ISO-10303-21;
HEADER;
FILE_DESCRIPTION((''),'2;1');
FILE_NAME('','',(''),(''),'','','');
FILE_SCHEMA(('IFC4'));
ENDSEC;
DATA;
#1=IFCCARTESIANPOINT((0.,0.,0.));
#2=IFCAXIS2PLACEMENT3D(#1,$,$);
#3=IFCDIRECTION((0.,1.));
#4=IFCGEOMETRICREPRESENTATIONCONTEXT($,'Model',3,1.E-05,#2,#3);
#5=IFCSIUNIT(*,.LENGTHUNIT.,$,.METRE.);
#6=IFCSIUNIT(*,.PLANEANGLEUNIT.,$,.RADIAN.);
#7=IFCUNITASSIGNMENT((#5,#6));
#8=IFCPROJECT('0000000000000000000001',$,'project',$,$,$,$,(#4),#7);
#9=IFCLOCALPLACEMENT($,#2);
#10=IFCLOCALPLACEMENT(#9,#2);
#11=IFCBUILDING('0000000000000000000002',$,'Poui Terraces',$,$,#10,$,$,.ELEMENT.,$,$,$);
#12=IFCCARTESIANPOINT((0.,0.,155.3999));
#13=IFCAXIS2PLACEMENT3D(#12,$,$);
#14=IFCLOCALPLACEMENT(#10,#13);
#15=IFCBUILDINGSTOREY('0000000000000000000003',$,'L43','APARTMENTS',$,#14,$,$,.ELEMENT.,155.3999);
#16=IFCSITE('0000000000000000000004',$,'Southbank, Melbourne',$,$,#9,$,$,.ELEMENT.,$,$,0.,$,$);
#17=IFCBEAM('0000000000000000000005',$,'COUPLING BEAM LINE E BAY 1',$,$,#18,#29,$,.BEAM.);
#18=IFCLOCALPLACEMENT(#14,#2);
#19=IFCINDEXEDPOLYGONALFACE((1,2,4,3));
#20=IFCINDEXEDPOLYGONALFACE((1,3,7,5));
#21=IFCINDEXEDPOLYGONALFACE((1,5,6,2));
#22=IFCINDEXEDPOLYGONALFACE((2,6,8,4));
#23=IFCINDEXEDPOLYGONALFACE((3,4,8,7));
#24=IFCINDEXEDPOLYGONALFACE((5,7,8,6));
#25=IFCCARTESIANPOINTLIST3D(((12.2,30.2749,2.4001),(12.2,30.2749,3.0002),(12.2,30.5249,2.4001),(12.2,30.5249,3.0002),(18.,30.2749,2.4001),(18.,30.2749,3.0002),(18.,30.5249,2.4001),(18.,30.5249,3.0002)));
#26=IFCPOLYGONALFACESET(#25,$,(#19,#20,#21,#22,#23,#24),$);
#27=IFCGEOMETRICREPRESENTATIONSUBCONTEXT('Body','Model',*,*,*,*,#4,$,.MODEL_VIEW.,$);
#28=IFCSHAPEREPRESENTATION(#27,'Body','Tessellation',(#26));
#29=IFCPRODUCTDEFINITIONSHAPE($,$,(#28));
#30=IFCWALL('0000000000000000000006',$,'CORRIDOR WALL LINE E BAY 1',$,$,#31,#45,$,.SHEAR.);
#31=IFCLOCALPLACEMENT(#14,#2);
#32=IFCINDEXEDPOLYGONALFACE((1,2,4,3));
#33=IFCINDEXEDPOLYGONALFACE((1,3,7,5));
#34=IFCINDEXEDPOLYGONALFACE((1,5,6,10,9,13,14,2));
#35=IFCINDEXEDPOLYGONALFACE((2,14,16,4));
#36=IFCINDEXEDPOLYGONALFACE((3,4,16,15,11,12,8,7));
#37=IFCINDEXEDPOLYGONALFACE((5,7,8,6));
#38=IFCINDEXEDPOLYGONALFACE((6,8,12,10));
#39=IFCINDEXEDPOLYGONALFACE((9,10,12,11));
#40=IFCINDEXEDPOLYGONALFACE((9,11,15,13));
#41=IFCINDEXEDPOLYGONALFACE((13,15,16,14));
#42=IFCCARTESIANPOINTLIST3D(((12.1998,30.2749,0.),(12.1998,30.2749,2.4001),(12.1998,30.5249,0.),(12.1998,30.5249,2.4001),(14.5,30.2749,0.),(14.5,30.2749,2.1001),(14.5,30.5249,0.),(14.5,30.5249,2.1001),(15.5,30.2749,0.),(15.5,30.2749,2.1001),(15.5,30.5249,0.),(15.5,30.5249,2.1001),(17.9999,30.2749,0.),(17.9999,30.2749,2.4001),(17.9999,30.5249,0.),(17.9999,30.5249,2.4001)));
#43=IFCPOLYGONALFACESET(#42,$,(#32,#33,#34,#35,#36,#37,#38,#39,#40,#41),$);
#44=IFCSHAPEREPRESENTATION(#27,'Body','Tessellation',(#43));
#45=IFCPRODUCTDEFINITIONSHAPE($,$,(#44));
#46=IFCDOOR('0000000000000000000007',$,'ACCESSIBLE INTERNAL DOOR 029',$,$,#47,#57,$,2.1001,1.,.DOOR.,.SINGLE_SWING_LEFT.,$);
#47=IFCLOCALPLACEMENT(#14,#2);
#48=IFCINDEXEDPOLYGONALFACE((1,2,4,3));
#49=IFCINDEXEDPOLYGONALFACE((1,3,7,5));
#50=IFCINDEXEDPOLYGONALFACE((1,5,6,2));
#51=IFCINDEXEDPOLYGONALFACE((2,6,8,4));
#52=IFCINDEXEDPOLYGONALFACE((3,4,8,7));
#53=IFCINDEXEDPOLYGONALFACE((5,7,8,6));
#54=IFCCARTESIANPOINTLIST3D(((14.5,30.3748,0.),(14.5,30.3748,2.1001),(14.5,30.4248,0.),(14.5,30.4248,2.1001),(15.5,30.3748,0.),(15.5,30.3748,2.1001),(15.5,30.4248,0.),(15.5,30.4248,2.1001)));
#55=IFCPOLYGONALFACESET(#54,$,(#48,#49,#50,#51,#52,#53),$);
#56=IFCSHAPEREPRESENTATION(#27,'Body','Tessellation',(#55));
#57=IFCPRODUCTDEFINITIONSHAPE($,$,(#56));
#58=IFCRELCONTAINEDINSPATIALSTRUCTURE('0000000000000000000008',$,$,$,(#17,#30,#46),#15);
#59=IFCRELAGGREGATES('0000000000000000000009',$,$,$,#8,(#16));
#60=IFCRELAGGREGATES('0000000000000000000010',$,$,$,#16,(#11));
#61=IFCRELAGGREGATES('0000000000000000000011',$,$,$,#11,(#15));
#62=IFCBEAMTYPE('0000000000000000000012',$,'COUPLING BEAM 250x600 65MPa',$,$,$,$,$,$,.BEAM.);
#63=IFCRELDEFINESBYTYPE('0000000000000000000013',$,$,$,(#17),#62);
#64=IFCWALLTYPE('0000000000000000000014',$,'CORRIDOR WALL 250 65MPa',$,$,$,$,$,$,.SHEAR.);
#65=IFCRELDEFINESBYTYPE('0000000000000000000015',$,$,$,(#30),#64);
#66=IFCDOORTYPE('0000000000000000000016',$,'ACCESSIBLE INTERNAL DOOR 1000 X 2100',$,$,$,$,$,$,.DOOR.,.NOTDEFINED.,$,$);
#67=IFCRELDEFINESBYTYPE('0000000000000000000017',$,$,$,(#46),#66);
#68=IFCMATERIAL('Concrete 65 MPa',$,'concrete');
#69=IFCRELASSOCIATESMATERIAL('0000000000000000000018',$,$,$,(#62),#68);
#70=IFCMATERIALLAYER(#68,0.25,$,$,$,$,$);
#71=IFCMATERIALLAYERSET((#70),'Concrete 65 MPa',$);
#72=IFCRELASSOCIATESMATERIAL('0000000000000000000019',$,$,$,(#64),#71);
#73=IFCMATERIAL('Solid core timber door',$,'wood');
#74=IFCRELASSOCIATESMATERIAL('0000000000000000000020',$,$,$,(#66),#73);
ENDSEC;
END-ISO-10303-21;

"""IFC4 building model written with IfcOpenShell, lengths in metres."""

from ifc_helpers import new_model, si_unit, direction, frame, frame_2d, origin, origin_2d, place, context, subcontext, project, spatial, rectangle, extrude, source, transform, mapped, material, layer, layer_set, material_profile, profile_set, type_object, element, fill, save


model = new_model("IFC4")

# Units and contexts
model_context = context("Model", 3, precision=1e-05, world=origin(), true_north=direction((0.0, 1.0)))
body_context = subcontext(model_context, "Body", "Model", "MODEL_VIEW")
ifc_project = project(units=[si_unit("LENGTHUNIT", "METRE"), si_unit("PLANEANGLEUNIT", "RADIAN")], contexts=[model_context])

# Site, building, storey
site_placement = place(None, origin())
site = spatial("IfcSite", under=ifc_project, at=site_placement, Name="Southbank, Melbourne", CompositionType="ELEMENT", RefElevation=0.0)
building_placement = place(site_placement, origin())
building = spatial("IfcBuilding", under=site, at=building_placement, Name="Poui Terraces", CompositionType="ELEMENT")
storey_placement = place(building_placement, frame((0.0, 0.0, 155.3999)))
storey = spatial("IfcBuildingStorey", under=building, at=storey_placement, Name="L43", Description="APARTMENTS", CompositionType="ELEMENT", Elevation=155.3999)

# Beam
ifc_material_1 = material(Name="Concrete 65 MPa", Category="concrete")
ifc_material_profile = material_profile(ifc_material_1, rectangle(XDim=0.25, YDim=0.6001, at=origin_2d()), Name="RC 250x600")
ifc_profile_set = profile_set([ifc_material_profile], Name="Concrete 65 MPa")
beam_type = type_object("IfcBeamType", Name="COUPLING BEAM 250x600 65MPa", PredefinedType="BEAM", material=ifc_profile_set)
shared_shape = source(origin(), body_context, "Body", "SweptSolid", [
    extrude(rectangle(XDim=0.25, YDim=0.6001, at=origin_2d()), origin(), (0.0, 0.0, 1.0), 5.8),
])
beam_placement = place(storey_placement, frame((12.2, 30.3999, 2.7002), z_axis=(1.0, 0.0, 0.0), x_axis=(0.0, 1.0, 0.0)))
element("IfcBeam", 1, at=beam_placement, inside=storey, type_object=beam_type, Name="COUPLING BEAM LINE E BAY 1", PredefinedType="BEAM", context=body_context, shape_type="MappedRepresentation", body=[
    mapped(shared_shape, transform((0.0, 0.0, 0.0))),
])

# Wall, opening, door
ifc_layer_1 = layer(ifc_material_1, 0.25)
ifc_layer_set_1 = layer_set([ifc_layer_1], Name="Concrete 65 MPa")
wall_type_1 = type_object("IfcWallType", Name="CORRIDOR WALL 250 65MPa", PredefinedType="SHEAR", material=ifc_layer_set_1)
wall_1_placement = place(storey_placement, frame((12.2, 30.3999, 0.0), z_axis=(0.0, 0.0, 1.0), x_axis=(1.0, 0.0, 0.0)))
wall_1 = element("IfcWall", 2, at=wall_1_placement, inside=storey, type_object=wall_type_1, Name="CORRIDOR WALL LINE E BAY 1", PredefinedType="SHEAR", context=body_context, shape_type="SweptSolid", body=[
    extrude(rectangle(XDim=5.8, YDim=0.25, at=frame_2d((2.8999, 0.0))), origin(), (0.0, 0.0, 1.0), 2.4001),
])
opening_1_placement = place(wall_1_placement, frame((2.3, 0.0, 0.0)))
opening_1 = element("IfcOpeningElement", 3, at=opening_1_placement, cuts=wall_1, PredefinedType="OPENING", context=body_context, shape_type="SweptSolid", body=[
    extrude(rectangle(XDim=1.0, YDim=2.1001, at=frame_2d((0.5, 1.05))), frame((0.0, 0.135, 0.0), z_axis=(0.0, -1.0, 0.0), x_axis=(1.0, 0.0, 0.0)), (0.0, 0.0, 1.0), 0.27),
])
ifc_material_2 = material(Name="Solid core timber door", Category="wood")
door_type_1 = type_object("IfcDoorType", Name="ACCESSIBLE INTERNAL DOOR 1000 X 2100", OperationType="NOTDEFINED", PredefinedType="DOOR", material=ifc_material_2)
door_1_placement = place(opening_1_placement, origin())
door_1 = element("IfcDoor", 4, at=door_1_placement, inside=storey, type_object=door_type_1, Name="ACCESSIBLE INTERNAL DOOR 029", OperationType="SINGLE_SWING_LEFT", OverallHeight=2.1001, OverallWidth=1.0, PredefinedType="DOOR", context=body_context, shape_type="SweptSolid", body=[
    extrude(rectangle(XDim=1.0, YDim=2.1001, at=frame_2d((0.5, 1.05))), frame((0.0, 0.0249, 0.0), z_axis=(0.0, -1.0, 0.0), x_axis=(1.0, 0.0, 0.0)), (0.0, 0.0, 1.0), 0.05),
])
fill(opening_1, door_1)

save(model, "model.ifc")
